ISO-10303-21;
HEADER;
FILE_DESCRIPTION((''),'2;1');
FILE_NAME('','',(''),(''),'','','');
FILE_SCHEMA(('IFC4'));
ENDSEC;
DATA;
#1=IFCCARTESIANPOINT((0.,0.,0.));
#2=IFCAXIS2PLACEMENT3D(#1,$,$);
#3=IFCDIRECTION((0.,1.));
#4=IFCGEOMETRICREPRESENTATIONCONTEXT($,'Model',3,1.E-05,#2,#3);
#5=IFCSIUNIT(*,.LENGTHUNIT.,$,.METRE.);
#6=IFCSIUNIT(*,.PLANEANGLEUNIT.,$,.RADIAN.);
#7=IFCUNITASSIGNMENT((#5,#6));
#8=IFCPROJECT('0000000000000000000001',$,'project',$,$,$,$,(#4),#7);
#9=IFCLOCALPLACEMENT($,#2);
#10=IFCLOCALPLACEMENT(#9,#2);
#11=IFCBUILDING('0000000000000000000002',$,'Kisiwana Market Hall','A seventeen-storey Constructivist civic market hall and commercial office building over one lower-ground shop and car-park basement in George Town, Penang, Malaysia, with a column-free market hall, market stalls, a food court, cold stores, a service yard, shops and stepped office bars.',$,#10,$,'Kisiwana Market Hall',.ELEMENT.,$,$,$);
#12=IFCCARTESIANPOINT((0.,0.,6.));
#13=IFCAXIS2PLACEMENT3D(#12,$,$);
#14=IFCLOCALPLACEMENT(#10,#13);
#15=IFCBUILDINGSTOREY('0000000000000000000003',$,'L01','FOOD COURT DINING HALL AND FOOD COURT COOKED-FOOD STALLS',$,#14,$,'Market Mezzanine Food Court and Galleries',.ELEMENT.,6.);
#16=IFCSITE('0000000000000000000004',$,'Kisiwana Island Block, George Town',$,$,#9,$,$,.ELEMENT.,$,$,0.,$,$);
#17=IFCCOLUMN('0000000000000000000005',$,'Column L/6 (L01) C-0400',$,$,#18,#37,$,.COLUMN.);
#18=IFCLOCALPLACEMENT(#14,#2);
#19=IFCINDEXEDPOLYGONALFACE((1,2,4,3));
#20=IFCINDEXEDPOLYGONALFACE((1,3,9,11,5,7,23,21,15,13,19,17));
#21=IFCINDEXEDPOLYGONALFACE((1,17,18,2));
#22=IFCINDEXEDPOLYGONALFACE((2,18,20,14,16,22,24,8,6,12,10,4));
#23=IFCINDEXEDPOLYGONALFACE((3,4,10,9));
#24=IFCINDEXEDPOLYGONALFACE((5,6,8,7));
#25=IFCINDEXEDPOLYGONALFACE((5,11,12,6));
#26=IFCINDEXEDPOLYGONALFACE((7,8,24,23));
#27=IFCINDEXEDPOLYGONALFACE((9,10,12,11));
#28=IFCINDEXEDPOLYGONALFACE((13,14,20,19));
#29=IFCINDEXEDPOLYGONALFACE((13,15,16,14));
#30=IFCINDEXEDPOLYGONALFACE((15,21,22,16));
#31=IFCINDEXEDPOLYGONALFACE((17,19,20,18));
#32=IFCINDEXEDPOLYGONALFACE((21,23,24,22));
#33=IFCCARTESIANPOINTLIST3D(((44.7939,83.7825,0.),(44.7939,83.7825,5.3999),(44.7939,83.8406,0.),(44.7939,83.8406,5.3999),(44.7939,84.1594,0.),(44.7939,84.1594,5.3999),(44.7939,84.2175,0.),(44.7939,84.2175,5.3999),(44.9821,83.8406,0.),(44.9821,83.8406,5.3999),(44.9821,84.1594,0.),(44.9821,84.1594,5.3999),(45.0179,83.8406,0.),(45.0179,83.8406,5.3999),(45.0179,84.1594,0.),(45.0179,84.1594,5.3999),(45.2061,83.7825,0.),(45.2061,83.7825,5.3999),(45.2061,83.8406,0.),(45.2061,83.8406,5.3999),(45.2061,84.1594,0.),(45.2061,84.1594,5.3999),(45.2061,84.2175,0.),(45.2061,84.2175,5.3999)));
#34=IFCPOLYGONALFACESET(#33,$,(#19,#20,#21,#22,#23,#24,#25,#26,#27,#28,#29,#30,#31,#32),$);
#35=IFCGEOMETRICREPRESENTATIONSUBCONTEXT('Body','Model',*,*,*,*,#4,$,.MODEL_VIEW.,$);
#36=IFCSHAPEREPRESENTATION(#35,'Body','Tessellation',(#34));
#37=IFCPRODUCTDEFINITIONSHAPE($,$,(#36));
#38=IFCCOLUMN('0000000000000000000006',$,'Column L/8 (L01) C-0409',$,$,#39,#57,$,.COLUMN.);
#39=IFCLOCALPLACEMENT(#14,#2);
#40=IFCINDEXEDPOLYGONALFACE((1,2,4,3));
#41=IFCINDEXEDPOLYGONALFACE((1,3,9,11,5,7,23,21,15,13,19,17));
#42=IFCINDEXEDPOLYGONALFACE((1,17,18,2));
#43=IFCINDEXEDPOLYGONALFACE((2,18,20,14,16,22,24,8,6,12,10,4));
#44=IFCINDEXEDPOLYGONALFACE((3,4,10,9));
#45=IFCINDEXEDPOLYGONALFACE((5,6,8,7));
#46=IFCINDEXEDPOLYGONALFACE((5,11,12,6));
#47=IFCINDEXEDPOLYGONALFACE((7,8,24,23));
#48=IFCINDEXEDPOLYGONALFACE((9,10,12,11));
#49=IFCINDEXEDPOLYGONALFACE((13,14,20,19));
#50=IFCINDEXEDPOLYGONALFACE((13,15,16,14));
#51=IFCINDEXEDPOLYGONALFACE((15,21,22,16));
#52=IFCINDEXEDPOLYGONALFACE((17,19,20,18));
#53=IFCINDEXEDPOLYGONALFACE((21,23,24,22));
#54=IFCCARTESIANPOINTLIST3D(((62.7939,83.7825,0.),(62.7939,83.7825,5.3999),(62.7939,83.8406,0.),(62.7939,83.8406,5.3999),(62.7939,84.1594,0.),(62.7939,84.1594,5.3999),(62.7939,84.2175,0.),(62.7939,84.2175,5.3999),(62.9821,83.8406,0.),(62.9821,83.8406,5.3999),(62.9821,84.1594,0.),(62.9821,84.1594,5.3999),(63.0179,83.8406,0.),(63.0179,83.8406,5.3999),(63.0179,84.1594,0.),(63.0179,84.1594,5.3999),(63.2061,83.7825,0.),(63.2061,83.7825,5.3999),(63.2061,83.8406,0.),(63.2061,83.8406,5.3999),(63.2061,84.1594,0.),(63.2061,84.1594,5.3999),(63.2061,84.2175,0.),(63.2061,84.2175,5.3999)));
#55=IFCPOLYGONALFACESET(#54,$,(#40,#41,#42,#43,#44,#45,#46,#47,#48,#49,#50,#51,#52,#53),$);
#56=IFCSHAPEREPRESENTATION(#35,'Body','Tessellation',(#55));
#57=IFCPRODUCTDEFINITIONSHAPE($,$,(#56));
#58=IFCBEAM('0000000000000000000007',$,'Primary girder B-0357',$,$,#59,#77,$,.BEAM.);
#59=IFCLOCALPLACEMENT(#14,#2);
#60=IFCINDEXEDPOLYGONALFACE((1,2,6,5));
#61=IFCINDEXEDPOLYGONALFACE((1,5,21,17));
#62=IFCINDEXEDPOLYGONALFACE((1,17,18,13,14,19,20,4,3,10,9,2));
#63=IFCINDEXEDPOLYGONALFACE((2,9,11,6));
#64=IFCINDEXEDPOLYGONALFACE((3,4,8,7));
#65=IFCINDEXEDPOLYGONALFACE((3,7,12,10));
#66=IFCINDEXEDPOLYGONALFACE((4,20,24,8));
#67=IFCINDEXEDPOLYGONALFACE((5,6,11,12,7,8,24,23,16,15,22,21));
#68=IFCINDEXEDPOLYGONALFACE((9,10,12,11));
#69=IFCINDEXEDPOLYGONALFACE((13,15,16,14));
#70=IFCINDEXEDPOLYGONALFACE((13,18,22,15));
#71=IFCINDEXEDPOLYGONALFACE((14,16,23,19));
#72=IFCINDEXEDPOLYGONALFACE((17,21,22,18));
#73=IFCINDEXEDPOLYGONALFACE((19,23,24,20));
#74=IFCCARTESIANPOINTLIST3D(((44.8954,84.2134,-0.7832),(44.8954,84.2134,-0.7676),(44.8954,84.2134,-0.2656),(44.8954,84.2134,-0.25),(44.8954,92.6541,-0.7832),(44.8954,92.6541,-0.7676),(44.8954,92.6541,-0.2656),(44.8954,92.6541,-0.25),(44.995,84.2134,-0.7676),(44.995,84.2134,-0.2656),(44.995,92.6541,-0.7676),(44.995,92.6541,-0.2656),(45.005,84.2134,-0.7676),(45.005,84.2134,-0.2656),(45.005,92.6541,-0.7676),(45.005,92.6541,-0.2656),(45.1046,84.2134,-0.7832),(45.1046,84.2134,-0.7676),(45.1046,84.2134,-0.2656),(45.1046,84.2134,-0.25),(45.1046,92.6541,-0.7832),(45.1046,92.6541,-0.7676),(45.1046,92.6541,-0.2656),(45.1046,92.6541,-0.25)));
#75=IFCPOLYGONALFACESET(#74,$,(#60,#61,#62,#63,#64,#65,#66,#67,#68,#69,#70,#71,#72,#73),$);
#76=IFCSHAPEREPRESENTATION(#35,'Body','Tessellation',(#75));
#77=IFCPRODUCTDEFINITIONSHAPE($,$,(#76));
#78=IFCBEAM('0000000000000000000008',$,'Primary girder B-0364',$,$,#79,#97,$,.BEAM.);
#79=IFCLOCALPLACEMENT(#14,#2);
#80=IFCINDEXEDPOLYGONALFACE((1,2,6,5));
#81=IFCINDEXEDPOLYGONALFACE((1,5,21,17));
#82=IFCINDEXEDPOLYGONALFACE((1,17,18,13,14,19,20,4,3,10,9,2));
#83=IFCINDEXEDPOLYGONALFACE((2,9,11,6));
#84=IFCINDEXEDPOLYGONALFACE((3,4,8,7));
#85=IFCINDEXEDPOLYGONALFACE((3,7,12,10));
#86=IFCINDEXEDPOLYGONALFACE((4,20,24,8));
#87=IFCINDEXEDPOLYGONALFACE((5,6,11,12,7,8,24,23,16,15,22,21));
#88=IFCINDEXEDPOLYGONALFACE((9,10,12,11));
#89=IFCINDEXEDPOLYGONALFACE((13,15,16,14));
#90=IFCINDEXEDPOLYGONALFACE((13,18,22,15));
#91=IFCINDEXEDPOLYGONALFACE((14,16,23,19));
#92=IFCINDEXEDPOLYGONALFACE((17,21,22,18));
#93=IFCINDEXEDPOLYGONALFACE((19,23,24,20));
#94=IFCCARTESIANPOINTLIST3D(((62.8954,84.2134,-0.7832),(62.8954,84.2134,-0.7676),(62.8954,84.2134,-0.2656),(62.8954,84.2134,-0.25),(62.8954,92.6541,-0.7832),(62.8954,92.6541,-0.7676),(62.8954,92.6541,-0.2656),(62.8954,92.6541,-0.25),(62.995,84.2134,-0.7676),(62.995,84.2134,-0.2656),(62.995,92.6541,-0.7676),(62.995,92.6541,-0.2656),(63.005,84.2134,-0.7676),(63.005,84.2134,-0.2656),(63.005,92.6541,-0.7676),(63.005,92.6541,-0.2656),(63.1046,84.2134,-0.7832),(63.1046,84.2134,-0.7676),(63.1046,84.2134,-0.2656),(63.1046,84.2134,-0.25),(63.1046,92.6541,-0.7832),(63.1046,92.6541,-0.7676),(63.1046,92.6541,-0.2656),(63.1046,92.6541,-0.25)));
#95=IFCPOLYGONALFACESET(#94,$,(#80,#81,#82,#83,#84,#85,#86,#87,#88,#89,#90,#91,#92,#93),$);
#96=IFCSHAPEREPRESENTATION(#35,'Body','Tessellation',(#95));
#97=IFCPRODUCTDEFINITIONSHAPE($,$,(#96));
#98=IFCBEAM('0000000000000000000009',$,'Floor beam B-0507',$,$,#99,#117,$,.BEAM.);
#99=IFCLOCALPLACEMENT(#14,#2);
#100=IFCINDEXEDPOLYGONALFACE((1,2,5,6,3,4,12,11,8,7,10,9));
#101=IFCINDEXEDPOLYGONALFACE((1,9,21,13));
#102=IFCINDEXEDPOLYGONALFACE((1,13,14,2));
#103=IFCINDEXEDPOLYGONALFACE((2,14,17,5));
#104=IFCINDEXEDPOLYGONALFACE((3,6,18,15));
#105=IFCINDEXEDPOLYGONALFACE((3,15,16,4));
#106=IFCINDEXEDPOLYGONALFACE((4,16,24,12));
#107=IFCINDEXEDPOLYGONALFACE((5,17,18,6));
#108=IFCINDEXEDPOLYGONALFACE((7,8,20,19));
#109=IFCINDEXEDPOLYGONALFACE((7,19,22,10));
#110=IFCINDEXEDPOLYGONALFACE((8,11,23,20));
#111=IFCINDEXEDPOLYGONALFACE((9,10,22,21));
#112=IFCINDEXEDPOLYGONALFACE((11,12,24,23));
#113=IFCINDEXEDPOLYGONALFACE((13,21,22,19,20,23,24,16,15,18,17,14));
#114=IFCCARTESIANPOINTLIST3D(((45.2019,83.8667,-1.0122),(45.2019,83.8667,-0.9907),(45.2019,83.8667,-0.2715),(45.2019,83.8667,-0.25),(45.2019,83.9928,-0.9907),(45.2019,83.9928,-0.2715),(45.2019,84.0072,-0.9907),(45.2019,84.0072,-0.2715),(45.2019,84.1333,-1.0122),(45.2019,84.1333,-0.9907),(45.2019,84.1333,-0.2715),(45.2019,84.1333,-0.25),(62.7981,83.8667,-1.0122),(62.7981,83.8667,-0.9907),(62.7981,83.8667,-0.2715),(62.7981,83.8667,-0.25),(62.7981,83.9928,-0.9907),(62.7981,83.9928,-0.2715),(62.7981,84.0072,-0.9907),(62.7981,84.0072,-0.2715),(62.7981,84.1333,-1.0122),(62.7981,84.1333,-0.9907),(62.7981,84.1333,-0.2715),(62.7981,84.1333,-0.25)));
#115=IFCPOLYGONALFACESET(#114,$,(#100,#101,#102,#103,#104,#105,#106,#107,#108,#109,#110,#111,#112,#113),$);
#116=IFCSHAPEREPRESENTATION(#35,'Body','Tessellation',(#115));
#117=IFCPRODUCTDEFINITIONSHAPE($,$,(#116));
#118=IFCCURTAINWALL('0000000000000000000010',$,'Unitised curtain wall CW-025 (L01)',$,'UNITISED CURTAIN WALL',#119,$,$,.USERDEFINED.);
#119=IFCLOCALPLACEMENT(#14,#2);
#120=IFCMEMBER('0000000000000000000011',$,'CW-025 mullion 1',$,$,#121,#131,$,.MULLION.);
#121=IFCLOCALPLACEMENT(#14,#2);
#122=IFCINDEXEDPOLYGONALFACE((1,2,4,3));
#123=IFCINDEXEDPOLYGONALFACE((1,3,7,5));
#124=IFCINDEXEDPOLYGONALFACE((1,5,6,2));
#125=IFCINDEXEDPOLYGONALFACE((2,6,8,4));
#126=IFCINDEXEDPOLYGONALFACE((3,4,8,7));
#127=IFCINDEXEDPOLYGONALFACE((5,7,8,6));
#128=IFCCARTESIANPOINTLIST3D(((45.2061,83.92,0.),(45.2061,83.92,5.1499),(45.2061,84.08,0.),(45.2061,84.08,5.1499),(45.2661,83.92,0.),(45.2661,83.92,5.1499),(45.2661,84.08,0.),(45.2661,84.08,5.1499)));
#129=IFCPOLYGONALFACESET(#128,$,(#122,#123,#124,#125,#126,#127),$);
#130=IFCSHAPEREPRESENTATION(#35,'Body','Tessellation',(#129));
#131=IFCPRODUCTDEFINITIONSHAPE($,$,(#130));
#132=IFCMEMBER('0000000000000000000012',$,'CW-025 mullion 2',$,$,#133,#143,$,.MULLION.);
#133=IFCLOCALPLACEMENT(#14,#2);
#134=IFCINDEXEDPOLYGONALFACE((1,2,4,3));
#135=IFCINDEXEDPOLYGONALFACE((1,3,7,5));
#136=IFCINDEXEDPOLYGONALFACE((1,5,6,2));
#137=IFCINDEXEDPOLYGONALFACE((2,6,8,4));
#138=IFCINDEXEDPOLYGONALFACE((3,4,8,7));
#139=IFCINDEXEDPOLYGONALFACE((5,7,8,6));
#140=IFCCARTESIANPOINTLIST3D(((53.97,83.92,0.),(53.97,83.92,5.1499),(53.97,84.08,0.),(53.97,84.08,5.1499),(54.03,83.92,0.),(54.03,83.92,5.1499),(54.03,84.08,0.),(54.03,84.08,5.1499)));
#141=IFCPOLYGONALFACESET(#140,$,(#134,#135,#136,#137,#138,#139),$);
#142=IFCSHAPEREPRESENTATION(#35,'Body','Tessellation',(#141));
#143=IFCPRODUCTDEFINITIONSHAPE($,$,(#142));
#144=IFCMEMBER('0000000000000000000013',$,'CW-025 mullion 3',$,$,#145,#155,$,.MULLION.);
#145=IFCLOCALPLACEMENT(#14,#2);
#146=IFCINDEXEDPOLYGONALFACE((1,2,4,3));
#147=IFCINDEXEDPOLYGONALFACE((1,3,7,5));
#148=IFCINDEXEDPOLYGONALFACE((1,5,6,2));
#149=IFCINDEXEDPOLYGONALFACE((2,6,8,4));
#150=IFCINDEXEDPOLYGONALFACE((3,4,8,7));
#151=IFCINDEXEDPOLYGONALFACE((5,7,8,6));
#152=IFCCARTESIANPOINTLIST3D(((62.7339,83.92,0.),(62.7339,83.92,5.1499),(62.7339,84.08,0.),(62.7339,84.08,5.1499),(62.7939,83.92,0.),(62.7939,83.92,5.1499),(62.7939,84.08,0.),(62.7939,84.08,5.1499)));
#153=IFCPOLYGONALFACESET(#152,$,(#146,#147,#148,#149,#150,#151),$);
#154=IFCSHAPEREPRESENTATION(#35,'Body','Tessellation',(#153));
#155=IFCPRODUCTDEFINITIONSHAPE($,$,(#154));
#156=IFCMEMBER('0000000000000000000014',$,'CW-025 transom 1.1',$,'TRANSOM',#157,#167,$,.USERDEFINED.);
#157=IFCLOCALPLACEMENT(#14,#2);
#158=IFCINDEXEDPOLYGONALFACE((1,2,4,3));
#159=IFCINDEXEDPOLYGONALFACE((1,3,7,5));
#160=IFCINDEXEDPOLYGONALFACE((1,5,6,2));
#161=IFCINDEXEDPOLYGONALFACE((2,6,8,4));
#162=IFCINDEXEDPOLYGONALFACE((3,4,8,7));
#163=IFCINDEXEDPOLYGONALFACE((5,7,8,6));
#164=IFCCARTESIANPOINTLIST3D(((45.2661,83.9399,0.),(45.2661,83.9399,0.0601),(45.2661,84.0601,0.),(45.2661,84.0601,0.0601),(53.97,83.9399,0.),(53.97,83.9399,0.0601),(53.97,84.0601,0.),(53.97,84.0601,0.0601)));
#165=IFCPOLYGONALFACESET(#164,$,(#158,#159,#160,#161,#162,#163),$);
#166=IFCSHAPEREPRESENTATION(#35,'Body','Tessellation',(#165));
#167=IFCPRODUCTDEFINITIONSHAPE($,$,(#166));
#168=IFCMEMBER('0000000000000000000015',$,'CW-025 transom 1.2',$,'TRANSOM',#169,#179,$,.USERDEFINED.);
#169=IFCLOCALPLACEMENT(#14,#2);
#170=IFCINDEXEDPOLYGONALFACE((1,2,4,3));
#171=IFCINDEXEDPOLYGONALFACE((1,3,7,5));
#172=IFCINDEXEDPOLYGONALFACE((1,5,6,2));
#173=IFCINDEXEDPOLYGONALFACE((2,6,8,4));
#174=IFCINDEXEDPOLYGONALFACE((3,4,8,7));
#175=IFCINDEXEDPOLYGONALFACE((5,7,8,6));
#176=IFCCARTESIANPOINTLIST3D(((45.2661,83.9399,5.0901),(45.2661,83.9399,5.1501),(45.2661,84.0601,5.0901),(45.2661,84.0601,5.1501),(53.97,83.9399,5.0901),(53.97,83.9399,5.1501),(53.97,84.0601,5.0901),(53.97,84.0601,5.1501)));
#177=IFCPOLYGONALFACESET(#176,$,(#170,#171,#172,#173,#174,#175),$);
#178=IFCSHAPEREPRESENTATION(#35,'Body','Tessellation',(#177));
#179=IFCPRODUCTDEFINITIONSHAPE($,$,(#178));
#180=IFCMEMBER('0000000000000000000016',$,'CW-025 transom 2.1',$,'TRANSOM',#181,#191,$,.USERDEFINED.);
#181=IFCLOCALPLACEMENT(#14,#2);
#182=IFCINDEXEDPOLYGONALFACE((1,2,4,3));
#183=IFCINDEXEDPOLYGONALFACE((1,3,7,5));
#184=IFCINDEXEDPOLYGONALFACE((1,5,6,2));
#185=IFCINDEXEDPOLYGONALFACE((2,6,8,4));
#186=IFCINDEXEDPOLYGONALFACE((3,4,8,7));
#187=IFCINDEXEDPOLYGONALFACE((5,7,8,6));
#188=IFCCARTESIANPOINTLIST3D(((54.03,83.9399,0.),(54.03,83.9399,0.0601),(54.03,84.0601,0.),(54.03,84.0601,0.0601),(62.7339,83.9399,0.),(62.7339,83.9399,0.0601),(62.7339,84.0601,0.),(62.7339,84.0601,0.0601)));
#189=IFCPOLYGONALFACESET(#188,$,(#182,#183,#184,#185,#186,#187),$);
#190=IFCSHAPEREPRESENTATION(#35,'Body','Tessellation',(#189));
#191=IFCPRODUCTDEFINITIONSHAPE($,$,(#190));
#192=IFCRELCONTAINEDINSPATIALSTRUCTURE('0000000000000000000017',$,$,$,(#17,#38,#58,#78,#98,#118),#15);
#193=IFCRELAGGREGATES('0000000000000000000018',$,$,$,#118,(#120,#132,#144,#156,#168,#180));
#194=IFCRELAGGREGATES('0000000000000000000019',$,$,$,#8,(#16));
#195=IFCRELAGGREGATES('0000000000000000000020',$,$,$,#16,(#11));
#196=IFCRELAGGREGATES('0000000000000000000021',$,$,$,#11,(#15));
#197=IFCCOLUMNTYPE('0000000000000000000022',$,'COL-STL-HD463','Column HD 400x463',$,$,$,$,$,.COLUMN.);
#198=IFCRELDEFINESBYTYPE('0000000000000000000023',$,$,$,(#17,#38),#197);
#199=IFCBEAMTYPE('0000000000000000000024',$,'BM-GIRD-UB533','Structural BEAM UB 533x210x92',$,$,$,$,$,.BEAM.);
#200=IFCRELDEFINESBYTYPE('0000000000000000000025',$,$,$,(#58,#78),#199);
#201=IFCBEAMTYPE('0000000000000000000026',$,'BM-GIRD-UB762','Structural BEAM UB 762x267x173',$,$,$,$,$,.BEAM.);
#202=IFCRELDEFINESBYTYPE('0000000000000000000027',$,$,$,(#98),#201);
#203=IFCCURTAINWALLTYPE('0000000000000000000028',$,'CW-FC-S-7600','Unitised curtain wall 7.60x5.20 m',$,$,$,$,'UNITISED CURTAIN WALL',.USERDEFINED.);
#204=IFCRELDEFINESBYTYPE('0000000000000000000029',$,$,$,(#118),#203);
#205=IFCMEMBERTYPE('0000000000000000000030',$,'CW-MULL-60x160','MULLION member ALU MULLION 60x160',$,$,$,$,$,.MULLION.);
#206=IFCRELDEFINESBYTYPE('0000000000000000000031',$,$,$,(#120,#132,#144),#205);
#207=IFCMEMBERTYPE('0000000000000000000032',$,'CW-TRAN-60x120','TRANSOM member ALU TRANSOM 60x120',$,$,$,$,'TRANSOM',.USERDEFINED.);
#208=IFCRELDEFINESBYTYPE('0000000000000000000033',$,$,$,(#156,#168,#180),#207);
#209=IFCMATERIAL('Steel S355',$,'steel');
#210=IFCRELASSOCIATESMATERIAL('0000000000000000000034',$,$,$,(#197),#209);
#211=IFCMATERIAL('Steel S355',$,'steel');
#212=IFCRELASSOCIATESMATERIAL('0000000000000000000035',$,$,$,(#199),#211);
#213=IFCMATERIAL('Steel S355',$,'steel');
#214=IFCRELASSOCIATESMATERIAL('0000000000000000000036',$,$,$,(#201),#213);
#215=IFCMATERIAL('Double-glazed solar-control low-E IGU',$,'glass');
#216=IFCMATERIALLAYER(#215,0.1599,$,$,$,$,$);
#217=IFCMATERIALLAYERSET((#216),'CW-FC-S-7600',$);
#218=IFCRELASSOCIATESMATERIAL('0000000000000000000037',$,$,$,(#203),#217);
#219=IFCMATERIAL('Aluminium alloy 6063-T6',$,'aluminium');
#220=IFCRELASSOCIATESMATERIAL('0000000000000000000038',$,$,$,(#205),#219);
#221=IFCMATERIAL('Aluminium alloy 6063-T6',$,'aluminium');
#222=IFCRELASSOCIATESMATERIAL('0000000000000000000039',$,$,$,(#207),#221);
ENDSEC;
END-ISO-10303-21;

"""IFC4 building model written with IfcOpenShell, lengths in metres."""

from ifc_helpers import new_model, si_unit, direction, frame, origin, origin_2d, place, context, subcontext, project, spatial, rectangle, i_section, extrude, material, layer, layer_set, material_profile, profile_set, type_object, element, aggregate, save


model = new_model("IFC4")

# Units and contexts
model_context = context("Model", 3, precision=1e-05, world=origin(), true_north=direction((0.0, 1.0)))
body_context = subcontext(model_context, "Body", "Model", "MODEL_VIEW")
ifc_project = project(units=[si_unit("LENGTHUNIT", "METRE"), si_unit("PLANEANGLEUNIT", "RADIAN")], contexts=[model_context])

# Site, building, storey
site_placement = place(None, origin())
site = spatial("IfcSite", under=ifc_project, at=site_placement, Name="Kisiwana Island Block, George Town", CompositionType="ELEMENT", RefElevation=0.0)
building_placement = place(site_placement, origin())
building = spatial("IfcBuilding", under=site, at=building_placement, Name="Kisiwana Market Hall", Description="A seventeen-storey Constructivist civic market hall and commercial office building over one lower-ground shop and car-park basement in George Town, Penang, Malaysia, with a column-free market hall, market stalls, a food court, cold stores, a service yard, shops and stepped office bars.", LongName="Kisiwana Market Hall", CompositionType="ELEMENT")
storey_placement = place(building_placement, frame((0.0, 0.0, 6.0)))
storey = spatial("IfcBuildingStorey", under=building, at=storey_placement, Name="L01", Description="FOOD COURT DINING HALL AND FOOD COURT COOKED-FOOD STALLS", LongName="Market Mezzanine Food Court and Galleries", CompositionType="ELEMENT", Elevation=6.0)

# Columns
ifc_material_1 = material(Name="Steel S355", Category="steel")
ifc_material_profile_1 = material_profile(ifc_material_1, i_section(OverallWidth=0.4121, OverallDepth=0.4351, WebThickness=0.0359, FlangeThickness=0.0581, at=origin_2d()), Name="HD 400x463")
ifc_profile_set_1 = profile_set([ifc_material_profile_1], Name="Steel S355")
column_type = type_object("IfcColumnType", Name="COL-STL-HD463", Description="Column HD 400x463", PredefinedType="COLUMN", material=ifc_profile_set_1)
for number, where, z_axis, x_axis, name in (
    (1, (45.0, 84.0, 0.0), (0.0, 0.0, 1.0), (1.0, 0.0, 0.0), "Column L/6 (L01) C-0400"),
    (2, (63.0, 84.0, 0.0), (0.0, 0.0, 1.0), (1.0, 0.0, 0.0), "Column L/8 (L01) C-0409"),
):
    element("IfcColumn", number, at=place(storey_placement, frame(where, z_axis=z_axis, x_axis=x_axis)), inside=storey, type_object=column_type, Name=name, PredefinedType="COLUMN", context=body_context, shape_type="SweptSolid", body=[
        extrude(i_section(OverallWidth=0.4121, OverallDepth=0.4351, WebThickness=0.0359, FlangeThickness=0.0581, at=origin_2d()), origin(), (0.0, 0.0, 1.0), 5.3999),
    ])

# Beams
ifc_material_2 = material(Name="Steel S355", Category="steel")
ifc_material_profile_2 = material_profile(ifc_material_2, i_section(OverallWidth=0.2092, OverallDepth=0.5332, WebThickness=0.01, FlangeThickness=0.0156, at=origin_2d()), Name="UB 533x210x92")
ifc_profile_set_2 = profile_set([ifc_material_profile_2], Name="Steel S355")
beam_type_1 = type_object("IfcBeamType", Name="BM-GIRD-UB533", Description="Structural BEAM UB 533x210x92", PredefinedType="BEAM", material=ifc_profile_set_2)
for number, where, z_axis, x_axis, name in (
    (3, (45.0, 84.2134, -0.5166), (0.0, 1.0, 0.0), (-1.0, 0.0, 0.0), "Primary girder B-0357"),
    (4, (63.0, 84.2134, -0.5166), (0.0, 1.0, 0.0), (-1.0, 0.0, 0.0), "Primary girder B-0364"),
):
    element("IfcBeam", number, at=place(storey_placement, frame(where, z_axis=z_axis, x_axis=x_axis)), inside=storey, type_object=beam_type_1, Name=name, PredefinedType="BEAM", context=body_context, shape_type="SweptSolid", body=[
        extrude(i_section(OverallWidth=0.2092, OverallDepth=0.5332, WebThickness=0.01, FlangeThickness=0.0156, at=origin_2d()), origin(), (0.0, 0.0, 1.0), 8.4407),
    ])
ifc_material_3 = material(Name="Steel S355", Category="steel")
ifc_material_profile_3 = material_profile(ifc_material_3, i_section(OverallWidth=0.2666, OverallDepth=0.7622, WebThickness=0.0144, FlangeThickness=0.0215, at=origin_2d()), Name="UB 762x267x173")
ifc_profile_set_3 = profile_set([ifc_material_profile_3], Name="Steel S355")
beam_type_2 = type_object("IfcBeamType", Name="BM-GIRD-UB762", Description="Structural BEAM UB 762x267x173", PredefinedType="BEAM", material=ifc_profile_set_3)
beam_placement = place(storey_placement, frame((45.2019, 84.0, -0.6311), z_axis=(1.0, 0.0, 0.0), x_axis=(0.0, 1.0, 0.0)))
element("IfcBeam", 5, at=beam_placement, inside=storey, type_object=beam_type_2, Name="Floor beam B-0507", PredefinedType="BEAM", context=body_context, shape_type="SweptSolid", body=[
    extrude(i_section(OverallWidth=0.2666, OverallDepth=0.7622, WebThickness=0.0144, FlangeThickness=0.0215, at=origin_2d()), origin(), (0.0, 0.0, 1.0), 17.5962),
])

# Curtain wall, members
ifc_material_4 = material(Name="Double-glazed solar-control low-E IGU", Category="glass")
ifc_layer_1 = layer(ifc_material_4, 0.1599)
ifc_layer_set_1 = layer_set([ifc_layer_1], Name="CW-FC-S-7600")
curtain_wall_type = type_object("IfcCurtainWallType", Name="CW-FC-S-7600", Description="Unitised curtain wall 7.60x5.20 m", ElementType="UNITISED CURTAIN WALL", PredefinedType="USERDEFINED", material=ifc_layer_set_1)
curtain_wall_placement = place(storey_placement, origin())
curtain_wall = element("IfcCurtainWall", 6, at=curtain_wall_placement, inside=storey, type_object=curtain_wall_type, Name="Unitised curtain wall CW-025 (L01)", ObjectType="UNITISED CURTAIN WALL", PredefinedType="USERDEFINED")
ifc_material_5 = material(Name="Aluminium alloy 6063-T6", Category="aluminium")
ifc_material_profile_4 = material_profile(ifc_material_5, rectangle(XDim=0.0601, YDim=0.1599, at=origin_2d()), Name="ALU MULLION 60x160")
ifc_profile_set_4 = profile_set([ifc_material_profile_4], Name="Aluminium alloy 6063-T6")
member_type_1 = type_object("IfcMemberType", Name="CW-MULL-60x160", Description="MULLION member ALU MULLION 60x160", PredefinedType="MULLION", material=ifc_profile_set_4)
member_1_placement = place(storey_placement, frame((45.2361, 84.0, 0.0), z_axis=(0.0, 0.0, 1.0), x_axis=(1.0, 0.0, 0.0)))
member_1 = element("IfcMember", 7, at=member_1_placement, type_object=member_type_1, Name="CW-025 mullion 1", PredefinedType="MULLION", context=body_context, shape_type="SweptSolid", body=[
    extrude(rectangle(XDim=0.0601, YDim=0.1599, at=origin_2d()), origin(), (0.0, 0.0, 1.0), 5.1499),
])
member_2_placement = place(storey_placement, frame((54.0, 84.0, 0.0), z_axis=(0.0, 0.0, 1.0), x_axis=(1.0, 0.0, 0.0)))
member_2 = element("IfcMember", 8, at=member_2_placement, type_object=member_type_1, Name="CW-025 mullion 2", PredefinedType="MULLION", context=body_context, shape_type="SweptSolid", body=[
    extrude(rectangle(XDim=0.0601, YDim=0.1599, at=origin_2d()), origin(), (0.0, 0.0, 1.0), 5.1499),
])
member_3_placement = place(storey_placement, frame((62.7639, 84.0, 0.0), z_axis=(0.0, 0.0, 1.0), x_axis=(1.0, 0.0, 0.0)))
member_3 = element("IfcMember", 9, at=member_3_placement, type_object=member_type_1, Name="CW-025 mullion 3", PredefinedType="MULLION", context=body_context, shape_type="SweptSolid", body=[
    extrude(rectangle(XDim=0.0601, YDim=0.1599, at=origin_2d()), origin(), (0.0, 0.0, 1.0), 5.1499),
])
ifc_material_6 = material(Name="Aluminium alloy 6063-T6", Category="aluminium")
ifc_material_profile_5 = material_profile(ifc_material_6, rectangle(XDim=0.1201, YDim=0.0601, at=origin_2d()), Name="ALU TRANSOM 60x120")
ifc_profile_set_5 = profile_set([ifc_material_profile_5], Name="Aluminium alloy 6063-T6")
member_type_2 = type_object("IfcMemberType", Name="CW-TRAN-60x120", Description="TRANSOM member ALU TRANSOM 60x120", ElementType="TRANSOM", PredefinedType="USERDEFINED", material=ifc_profile_set_5)
member_4_placement = place(storey_placement, frame((45.2661, 84.0, 0.03), z_axis=(1.0, 0.0, 0.0), x_axis=(0.0, 1.0, 0.0)))
member_4 = element("IfcMember", 10, at=member_4_placement, type_object=member_type_2, Name="CW-025 transom 1.1", ObjectType="TRANSOM", PredefinedType="USERDEFINED", context=body_context, shape_type="SweptSolid", body=[
    extrude(rectangle(XDim=0.1201, YDim=0.0601, at=origin_2d()), origin(), (0.0, 0.0, 1.0), 8.7039),
])
member_5_placement = place(storey_placement, frame((45.2661, 84.0, 5.1201), z_axis=(1.0, 0.0, 0.0), x_axis=(0.0, 1.0, 0.0)))
member_5 = element("IfcMember", 11, at=member_5_placement, type_object=member_type_2, Name="CW-025 transom 1.2", ObjectType="TRANSOM", PredefinedType="USERDEFINED", context=body_context, shape_type="SweptSolid", body=[
    extrude(rectangle(XDim=0.1201, YDim=0.0601, at=origin_2d()), origin(), (0.0, 0.0, 1.0), 8.7039),
])
member_6_placement = place(storey_placement, frame((54.03, 84.0, 0.03), z_axis=(1.0, 0.0, 0.0), x_axis=(0.0, 1.0, 0.0)))
member_6 = element("IfcMember", 12, at=member_6_placement, type_object=member_type_2, Name="CW-025 transom 2.1", ObjectType="TRANSOM", PredefinedType="USERDEFINED", context=body_context, shape_type="SweptSolid", body=[
    extrude(rectangle(XDim=0.1201, YDim=0.0601, at=origin_2d()), origin(), (0.0, 0.0, 1.0), 8.7039),
])
aggregate(curtain_wall, [member_1, member_2, member_3, member_4, member_5, member_6])

save(model, "model.ifc")
